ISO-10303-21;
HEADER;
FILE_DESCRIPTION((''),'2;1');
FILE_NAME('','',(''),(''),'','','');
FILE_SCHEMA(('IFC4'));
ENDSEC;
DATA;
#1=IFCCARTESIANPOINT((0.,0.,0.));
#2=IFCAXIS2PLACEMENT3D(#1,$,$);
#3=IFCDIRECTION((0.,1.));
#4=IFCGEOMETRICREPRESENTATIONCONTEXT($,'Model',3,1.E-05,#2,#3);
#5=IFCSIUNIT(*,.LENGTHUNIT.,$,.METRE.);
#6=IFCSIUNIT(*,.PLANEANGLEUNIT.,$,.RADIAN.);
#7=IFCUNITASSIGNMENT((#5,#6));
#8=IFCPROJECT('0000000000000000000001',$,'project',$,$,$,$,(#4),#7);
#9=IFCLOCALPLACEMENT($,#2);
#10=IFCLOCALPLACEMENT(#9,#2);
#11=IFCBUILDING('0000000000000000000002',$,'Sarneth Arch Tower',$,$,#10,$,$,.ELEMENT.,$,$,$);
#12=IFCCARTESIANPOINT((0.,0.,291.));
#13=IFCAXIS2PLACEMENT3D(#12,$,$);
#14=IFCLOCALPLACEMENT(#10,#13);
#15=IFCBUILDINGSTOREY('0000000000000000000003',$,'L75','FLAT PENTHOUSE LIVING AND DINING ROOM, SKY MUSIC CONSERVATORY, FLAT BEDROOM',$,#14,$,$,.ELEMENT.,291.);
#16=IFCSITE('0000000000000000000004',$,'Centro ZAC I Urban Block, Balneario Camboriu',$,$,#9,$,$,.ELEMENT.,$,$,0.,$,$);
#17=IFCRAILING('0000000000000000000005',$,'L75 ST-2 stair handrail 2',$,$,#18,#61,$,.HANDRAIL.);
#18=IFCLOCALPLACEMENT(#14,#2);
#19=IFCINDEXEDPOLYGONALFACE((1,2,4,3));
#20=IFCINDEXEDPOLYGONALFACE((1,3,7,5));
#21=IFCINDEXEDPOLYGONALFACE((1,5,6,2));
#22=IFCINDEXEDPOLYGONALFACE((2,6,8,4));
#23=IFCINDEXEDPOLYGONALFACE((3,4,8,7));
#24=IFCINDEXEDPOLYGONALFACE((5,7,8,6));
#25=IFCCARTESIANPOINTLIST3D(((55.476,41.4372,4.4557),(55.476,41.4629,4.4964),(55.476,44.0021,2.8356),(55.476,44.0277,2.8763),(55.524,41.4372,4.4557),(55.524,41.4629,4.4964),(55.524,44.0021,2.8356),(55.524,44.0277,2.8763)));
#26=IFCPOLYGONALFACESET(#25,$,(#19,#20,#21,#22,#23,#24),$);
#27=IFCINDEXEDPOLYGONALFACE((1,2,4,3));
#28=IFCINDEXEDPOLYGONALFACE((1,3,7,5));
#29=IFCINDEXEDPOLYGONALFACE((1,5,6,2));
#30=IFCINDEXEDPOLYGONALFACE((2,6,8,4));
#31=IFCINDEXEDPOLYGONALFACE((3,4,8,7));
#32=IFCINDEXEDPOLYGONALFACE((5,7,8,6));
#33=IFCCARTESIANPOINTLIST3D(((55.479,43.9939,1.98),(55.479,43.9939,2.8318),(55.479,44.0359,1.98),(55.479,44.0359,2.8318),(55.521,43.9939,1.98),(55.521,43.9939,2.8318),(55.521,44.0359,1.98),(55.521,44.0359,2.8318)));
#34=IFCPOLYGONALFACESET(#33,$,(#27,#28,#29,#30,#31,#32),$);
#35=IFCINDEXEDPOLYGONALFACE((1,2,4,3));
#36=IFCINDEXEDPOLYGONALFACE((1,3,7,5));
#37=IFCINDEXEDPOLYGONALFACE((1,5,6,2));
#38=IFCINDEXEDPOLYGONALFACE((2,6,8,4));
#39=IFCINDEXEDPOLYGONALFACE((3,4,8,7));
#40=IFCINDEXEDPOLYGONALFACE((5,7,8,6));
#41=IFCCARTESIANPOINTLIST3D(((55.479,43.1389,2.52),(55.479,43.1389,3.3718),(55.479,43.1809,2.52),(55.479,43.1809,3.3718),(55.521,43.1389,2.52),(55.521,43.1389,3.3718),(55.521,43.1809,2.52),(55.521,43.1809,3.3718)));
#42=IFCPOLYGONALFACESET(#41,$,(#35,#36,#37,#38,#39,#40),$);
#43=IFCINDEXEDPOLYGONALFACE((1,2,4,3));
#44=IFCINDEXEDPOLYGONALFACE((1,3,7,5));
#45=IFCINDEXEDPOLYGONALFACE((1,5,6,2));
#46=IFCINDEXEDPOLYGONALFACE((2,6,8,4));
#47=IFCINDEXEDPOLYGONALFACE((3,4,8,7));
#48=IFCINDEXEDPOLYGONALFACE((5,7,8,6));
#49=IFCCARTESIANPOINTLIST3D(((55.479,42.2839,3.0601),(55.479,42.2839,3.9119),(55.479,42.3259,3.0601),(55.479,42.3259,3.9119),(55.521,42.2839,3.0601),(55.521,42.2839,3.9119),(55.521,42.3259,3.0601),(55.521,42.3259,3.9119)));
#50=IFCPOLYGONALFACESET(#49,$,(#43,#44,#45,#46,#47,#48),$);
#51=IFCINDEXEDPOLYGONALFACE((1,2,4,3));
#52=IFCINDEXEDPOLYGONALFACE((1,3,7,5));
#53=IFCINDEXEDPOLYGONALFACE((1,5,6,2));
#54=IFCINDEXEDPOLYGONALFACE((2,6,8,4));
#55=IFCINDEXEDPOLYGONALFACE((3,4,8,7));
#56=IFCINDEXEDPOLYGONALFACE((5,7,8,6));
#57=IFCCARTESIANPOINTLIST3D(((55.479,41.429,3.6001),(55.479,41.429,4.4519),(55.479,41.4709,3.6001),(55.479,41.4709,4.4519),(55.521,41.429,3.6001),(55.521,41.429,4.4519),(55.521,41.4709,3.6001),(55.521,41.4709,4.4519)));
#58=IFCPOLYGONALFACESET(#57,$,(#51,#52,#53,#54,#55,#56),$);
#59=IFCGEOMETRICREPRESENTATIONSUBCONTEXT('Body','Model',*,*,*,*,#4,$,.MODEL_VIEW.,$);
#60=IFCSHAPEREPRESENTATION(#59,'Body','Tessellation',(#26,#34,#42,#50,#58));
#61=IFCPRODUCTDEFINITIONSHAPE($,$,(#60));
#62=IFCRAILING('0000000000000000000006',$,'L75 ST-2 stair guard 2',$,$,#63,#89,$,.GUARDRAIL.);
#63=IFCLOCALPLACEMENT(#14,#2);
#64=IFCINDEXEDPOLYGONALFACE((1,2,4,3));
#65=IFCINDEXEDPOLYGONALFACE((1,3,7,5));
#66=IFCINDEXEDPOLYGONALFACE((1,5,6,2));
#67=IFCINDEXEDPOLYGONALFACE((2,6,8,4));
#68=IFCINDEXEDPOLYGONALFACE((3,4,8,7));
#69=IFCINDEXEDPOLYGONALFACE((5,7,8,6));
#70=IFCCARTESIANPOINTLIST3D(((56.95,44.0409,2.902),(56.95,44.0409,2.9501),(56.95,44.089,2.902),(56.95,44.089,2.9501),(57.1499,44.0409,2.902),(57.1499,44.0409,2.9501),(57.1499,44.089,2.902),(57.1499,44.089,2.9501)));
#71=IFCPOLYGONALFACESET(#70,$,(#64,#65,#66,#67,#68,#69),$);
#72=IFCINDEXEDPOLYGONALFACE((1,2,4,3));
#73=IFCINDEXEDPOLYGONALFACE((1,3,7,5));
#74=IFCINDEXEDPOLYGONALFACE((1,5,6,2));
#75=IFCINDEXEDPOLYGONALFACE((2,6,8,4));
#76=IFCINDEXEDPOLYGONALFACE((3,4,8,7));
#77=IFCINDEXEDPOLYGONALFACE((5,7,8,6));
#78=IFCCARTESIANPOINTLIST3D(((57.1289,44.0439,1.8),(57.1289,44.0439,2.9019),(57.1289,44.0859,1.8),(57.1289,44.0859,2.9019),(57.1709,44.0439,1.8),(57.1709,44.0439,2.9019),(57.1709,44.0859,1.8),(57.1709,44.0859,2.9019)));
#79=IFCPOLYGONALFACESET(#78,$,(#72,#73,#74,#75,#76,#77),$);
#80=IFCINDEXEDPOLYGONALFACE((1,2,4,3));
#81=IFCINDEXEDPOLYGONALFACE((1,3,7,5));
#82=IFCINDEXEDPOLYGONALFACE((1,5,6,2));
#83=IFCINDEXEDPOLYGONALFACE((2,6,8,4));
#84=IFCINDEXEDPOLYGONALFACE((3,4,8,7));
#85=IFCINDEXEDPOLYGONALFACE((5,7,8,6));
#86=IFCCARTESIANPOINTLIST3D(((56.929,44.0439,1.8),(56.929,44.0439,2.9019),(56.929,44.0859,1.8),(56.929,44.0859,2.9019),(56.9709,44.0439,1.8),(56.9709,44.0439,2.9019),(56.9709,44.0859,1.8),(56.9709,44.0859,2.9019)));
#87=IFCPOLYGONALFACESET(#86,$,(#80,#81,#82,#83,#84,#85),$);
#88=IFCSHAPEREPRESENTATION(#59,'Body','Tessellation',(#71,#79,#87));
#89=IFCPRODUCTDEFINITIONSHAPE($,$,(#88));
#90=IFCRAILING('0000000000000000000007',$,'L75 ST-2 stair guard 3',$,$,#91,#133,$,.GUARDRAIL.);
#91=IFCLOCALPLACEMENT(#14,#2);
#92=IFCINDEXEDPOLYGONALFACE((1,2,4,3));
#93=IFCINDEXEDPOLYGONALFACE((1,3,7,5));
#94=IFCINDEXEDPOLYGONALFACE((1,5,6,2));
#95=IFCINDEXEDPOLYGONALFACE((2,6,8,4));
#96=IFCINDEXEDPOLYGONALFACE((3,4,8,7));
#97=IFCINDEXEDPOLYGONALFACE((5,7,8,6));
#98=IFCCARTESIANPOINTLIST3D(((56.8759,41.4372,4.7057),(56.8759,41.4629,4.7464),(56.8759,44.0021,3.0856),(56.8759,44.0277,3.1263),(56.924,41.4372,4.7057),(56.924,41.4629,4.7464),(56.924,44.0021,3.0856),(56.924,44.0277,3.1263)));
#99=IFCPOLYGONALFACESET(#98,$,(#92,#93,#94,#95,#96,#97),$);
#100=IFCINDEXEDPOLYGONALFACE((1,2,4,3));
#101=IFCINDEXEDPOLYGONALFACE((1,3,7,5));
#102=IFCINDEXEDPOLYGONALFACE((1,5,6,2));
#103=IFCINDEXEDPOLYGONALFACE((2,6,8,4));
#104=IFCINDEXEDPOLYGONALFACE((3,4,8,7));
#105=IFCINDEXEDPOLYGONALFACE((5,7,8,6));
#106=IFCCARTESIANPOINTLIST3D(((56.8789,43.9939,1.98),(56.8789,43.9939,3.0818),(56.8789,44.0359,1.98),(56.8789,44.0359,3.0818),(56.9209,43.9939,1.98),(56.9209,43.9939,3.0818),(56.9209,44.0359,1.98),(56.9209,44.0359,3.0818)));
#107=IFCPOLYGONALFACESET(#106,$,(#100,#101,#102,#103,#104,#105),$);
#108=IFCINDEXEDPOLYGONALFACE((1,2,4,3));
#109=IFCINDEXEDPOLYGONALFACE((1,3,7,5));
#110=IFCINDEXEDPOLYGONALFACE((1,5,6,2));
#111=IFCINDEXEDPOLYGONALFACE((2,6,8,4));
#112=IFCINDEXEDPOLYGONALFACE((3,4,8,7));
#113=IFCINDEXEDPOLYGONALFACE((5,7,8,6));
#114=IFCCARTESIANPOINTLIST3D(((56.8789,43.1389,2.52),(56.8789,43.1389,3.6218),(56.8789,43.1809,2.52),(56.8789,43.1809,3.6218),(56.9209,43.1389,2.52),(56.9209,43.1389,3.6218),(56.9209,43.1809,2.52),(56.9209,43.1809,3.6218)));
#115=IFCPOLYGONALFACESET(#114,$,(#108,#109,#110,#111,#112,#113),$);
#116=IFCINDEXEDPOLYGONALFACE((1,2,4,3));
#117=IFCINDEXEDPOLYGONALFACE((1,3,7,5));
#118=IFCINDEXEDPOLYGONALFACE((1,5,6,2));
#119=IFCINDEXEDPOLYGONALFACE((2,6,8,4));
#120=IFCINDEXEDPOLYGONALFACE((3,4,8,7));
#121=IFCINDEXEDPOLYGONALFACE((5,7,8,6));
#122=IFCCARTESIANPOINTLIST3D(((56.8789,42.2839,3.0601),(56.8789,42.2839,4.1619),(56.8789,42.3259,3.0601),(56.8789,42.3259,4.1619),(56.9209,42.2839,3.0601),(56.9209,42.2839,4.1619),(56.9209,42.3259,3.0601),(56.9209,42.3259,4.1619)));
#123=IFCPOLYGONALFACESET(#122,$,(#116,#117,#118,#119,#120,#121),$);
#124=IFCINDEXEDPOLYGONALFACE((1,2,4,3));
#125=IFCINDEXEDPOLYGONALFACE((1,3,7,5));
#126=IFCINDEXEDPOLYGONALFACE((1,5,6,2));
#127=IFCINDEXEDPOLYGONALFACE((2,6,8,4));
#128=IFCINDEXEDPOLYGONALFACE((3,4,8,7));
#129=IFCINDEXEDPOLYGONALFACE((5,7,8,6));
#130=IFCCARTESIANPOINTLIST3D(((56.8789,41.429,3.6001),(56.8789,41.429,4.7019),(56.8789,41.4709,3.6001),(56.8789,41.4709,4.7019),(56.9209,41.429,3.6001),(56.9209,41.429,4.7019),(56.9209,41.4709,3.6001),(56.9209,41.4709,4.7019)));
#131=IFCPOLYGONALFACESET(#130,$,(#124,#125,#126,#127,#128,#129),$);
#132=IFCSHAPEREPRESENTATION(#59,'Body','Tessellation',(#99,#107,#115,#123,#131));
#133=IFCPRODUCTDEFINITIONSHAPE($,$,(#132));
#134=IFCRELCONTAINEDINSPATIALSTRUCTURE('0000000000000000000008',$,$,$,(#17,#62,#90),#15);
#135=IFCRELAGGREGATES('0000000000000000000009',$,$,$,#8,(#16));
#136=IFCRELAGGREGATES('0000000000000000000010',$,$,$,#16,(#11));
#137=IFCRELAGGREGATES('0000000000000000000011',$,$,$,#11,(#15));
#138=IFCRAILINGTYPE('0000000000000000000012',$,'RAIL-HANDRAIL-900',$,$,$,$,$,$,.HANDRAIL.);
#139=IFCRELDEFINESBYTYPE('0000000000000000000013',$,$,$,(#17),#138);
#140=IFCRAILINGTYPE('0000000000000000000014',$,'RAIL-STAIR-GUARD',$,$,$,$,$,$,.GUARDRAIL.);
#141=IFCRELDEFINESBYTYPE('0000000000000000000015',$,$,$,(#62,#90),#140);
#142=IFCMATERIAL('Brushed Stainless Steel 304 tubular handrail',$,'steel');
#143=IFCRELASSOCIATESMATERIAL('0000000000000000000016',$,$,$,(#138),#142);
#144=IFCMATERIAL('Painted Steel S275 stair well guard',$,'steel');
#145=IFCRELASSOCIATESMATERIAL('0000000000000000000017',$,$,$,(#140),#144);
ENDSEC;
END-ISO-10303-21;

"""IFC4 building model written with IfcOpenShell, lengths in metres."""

from ifc_helpers import new_model, si_unit, direction, frame, origin, origin_2d, place, context, subcontext, project, spatial, rectangle, extrude, material, type_object, element, save


model = new_model("IFC4")

# Units and contexts
model_context = context("Model", 3, precision=1e-05, world=origin(), true_north=direction((0.0, 1.0)))
body_context = subcontext(model_context, "Body", "Model", "MODEL_VIEW")
ifc_project = project(units=[si_unit("LENGTHUNIT", "METRE"), si_unit("PLANEANGLEUNIT", "RADIAN")], contexts=[model_context])

# Site, building, storey
site_placement = place(None, origin())
site = spatial("IfcSite", under=ifc_project, at=site_placement, Name="Centro ZAC I Urban Block, Balneario Camboriu", CompositionType="ELEMENT", RefElevation=0.0)
building_placement = place(site_placement, origin())
building = spatial("IfcBuilding", under=site, at=building_placement, Name="Sarneth Arch Tower", CompositionType="ELEMENT")
storey_placement = place(building_placement, frame((0.0, 0.0, 291.0)))
storey = spatial("IfcBuildingStorey", under=building, at=storey_placement, Name="L75", Description="FLAT PENTHOUSE LIVING AND DINING ROOM, SKY MUSIC CONSERVATORY, FLAT BEDROOM", CompositionType="ELEMENT", Elevation=291.0)

# Railings
ifc_material_1 = material(Name="Brushed Stainless Steel 304 tubular handrail", Category="steel")
railing_type_1 = type_object("IfcRailingType", Name="RAIL-HANDRAIL-900", PredefinedType="HANDRAIL", material=ifc_material_1)
railing_1_placement = place(storey_placement, frame((55.5, 44.0149, 1.98)))
element("IfcRailing", 1, at=railing_1_placement, inside=storey, type_object=railing_type_1, Name="L75 ST-2 stair handrail 2", PredefinedType="HANDRAIL", context=body_context, shape_type="SweptSolid", body=[
    extrude(rectangle(XDim=0.0481, YDim=0.0481, at=origin_2d()), frame((0.0, 0.0, 0.876), z_axis=(0.0, -0.845466, 0.534029), x_axis=(1.0, 0.0, 0.0)), (0.0, 0.0, 1.0), 3.0337),
    extrude(rectangle(XDim=0.042, YDim=0.042, at=origin_2d()), origin(), (0.0, 0.0, 1.0), 0.8518),
    extrude(rectangle(XDim=0.042, YDim=0.042, at=origin_2d()), frame((0.0, -0.855, 0.54)), (0.0, 0.0, 1.0), 0.8518),
    extrude(rectangle(XDim=0.042, YDim=0.042, at=origin_2d()), frame((0.0, -1.71, 1.0801)), (0.0, 0.0, 1.0), 0.8518),
    extrude(rectangle(XDim=0.042, YDim=0.042, at=origin_2d()), frame((0.0, -2.5649, 1.6201)), (0.0, 0.0, 1.0), 0.8518),
])
ifc_material_2 = material(Name="Painted Steel S275 stair well guard", Category="steel")
railing_type_2 = type_object("IfcRailingType", Name="RAIL-STAIR-GUARD", PredefinedType="GUARDRAIL", material=ifc_material_2)
railing_2_placement = place(storey_placement, frame((57.1499, 44.0649, 1.8)))
element("IfcRailing", 2, at=railing_2_placement, inside=storey, type_object=railing_type_2, Name="L75 ST-2 stair guard 2", PredefinedType="GUARDRAIL", context=body_context, shape_type="SweptSolid", body=[
    extrude(rectangle(XDim=0.0481, YDim=0.0481, at=origin_2d()), frame((0.0, 0.0, 1.126), z_axis=(-1.0, 0.0, 0.0), x_axis=(0.0, -1.0, 0.0)), (0.0, 0.0, 1.0), 0.2),
    extrude(rectangle(XDim=0.042, YDim=0.042, at=origin_2d()), origin(), (0.0, 0.0, 1.0), 1.1018),
    extrude(rectangle(XDim=0.042, YDim=0.042, at=origin_2d()), frame((-0.2, 0.0, 0.0)), (0.0, 0.0, 1.0), 1.1018),
])
railing_3_placement = place(storey_placement, frame((56.8999, 44.0149, 1.98)))
element("IfcRailing", 3, at=railing_3_placement, inside=storey, type_object=railing_type_2, Name="L75 ST-2 stair guard 3", PredefinedType="GUARDRAIL", context=body_context, shape_type="SweptSolid", body=[
    extrude(rectangle(XDim=0.0481, YDim=0.0481, at=origin_2d()), frame((0.0, 0.0, 1.126), z_axis=(0.0, -0.845466, 0.534029), x_axis=(1.0, 0.0, 0.0)), (0.0, 0.0, 1.0), 3.0337),
    extrude(rectangle(XDim=0.042, YDim=0.042, at=origin_2d()), origin(), (0.0, 0.0, 1.0), 1.1018),
    extrude(rectangle(XDim=0.042, YDim=0.042, at=origin_2d()), frame((0.0, -0.855, 0.54)), (0.0, 0.0, 1.0), 1.1018),
    extrude(rectangle(XDim=0.042, YDim=0.042, at=origin_2d()), frame((0.0, -1.71, 1.0801)), (0.0, 0.0, 1.0), 1.1018),
    extrude(rectangle(XDim=0.042, YDim=0.042, at=origin_2d()), frame((0.0, -2.5649, 1.6201)), (0.0, 0.0, 1.0), 1.1018),
])

save(model, "model.ifc")
